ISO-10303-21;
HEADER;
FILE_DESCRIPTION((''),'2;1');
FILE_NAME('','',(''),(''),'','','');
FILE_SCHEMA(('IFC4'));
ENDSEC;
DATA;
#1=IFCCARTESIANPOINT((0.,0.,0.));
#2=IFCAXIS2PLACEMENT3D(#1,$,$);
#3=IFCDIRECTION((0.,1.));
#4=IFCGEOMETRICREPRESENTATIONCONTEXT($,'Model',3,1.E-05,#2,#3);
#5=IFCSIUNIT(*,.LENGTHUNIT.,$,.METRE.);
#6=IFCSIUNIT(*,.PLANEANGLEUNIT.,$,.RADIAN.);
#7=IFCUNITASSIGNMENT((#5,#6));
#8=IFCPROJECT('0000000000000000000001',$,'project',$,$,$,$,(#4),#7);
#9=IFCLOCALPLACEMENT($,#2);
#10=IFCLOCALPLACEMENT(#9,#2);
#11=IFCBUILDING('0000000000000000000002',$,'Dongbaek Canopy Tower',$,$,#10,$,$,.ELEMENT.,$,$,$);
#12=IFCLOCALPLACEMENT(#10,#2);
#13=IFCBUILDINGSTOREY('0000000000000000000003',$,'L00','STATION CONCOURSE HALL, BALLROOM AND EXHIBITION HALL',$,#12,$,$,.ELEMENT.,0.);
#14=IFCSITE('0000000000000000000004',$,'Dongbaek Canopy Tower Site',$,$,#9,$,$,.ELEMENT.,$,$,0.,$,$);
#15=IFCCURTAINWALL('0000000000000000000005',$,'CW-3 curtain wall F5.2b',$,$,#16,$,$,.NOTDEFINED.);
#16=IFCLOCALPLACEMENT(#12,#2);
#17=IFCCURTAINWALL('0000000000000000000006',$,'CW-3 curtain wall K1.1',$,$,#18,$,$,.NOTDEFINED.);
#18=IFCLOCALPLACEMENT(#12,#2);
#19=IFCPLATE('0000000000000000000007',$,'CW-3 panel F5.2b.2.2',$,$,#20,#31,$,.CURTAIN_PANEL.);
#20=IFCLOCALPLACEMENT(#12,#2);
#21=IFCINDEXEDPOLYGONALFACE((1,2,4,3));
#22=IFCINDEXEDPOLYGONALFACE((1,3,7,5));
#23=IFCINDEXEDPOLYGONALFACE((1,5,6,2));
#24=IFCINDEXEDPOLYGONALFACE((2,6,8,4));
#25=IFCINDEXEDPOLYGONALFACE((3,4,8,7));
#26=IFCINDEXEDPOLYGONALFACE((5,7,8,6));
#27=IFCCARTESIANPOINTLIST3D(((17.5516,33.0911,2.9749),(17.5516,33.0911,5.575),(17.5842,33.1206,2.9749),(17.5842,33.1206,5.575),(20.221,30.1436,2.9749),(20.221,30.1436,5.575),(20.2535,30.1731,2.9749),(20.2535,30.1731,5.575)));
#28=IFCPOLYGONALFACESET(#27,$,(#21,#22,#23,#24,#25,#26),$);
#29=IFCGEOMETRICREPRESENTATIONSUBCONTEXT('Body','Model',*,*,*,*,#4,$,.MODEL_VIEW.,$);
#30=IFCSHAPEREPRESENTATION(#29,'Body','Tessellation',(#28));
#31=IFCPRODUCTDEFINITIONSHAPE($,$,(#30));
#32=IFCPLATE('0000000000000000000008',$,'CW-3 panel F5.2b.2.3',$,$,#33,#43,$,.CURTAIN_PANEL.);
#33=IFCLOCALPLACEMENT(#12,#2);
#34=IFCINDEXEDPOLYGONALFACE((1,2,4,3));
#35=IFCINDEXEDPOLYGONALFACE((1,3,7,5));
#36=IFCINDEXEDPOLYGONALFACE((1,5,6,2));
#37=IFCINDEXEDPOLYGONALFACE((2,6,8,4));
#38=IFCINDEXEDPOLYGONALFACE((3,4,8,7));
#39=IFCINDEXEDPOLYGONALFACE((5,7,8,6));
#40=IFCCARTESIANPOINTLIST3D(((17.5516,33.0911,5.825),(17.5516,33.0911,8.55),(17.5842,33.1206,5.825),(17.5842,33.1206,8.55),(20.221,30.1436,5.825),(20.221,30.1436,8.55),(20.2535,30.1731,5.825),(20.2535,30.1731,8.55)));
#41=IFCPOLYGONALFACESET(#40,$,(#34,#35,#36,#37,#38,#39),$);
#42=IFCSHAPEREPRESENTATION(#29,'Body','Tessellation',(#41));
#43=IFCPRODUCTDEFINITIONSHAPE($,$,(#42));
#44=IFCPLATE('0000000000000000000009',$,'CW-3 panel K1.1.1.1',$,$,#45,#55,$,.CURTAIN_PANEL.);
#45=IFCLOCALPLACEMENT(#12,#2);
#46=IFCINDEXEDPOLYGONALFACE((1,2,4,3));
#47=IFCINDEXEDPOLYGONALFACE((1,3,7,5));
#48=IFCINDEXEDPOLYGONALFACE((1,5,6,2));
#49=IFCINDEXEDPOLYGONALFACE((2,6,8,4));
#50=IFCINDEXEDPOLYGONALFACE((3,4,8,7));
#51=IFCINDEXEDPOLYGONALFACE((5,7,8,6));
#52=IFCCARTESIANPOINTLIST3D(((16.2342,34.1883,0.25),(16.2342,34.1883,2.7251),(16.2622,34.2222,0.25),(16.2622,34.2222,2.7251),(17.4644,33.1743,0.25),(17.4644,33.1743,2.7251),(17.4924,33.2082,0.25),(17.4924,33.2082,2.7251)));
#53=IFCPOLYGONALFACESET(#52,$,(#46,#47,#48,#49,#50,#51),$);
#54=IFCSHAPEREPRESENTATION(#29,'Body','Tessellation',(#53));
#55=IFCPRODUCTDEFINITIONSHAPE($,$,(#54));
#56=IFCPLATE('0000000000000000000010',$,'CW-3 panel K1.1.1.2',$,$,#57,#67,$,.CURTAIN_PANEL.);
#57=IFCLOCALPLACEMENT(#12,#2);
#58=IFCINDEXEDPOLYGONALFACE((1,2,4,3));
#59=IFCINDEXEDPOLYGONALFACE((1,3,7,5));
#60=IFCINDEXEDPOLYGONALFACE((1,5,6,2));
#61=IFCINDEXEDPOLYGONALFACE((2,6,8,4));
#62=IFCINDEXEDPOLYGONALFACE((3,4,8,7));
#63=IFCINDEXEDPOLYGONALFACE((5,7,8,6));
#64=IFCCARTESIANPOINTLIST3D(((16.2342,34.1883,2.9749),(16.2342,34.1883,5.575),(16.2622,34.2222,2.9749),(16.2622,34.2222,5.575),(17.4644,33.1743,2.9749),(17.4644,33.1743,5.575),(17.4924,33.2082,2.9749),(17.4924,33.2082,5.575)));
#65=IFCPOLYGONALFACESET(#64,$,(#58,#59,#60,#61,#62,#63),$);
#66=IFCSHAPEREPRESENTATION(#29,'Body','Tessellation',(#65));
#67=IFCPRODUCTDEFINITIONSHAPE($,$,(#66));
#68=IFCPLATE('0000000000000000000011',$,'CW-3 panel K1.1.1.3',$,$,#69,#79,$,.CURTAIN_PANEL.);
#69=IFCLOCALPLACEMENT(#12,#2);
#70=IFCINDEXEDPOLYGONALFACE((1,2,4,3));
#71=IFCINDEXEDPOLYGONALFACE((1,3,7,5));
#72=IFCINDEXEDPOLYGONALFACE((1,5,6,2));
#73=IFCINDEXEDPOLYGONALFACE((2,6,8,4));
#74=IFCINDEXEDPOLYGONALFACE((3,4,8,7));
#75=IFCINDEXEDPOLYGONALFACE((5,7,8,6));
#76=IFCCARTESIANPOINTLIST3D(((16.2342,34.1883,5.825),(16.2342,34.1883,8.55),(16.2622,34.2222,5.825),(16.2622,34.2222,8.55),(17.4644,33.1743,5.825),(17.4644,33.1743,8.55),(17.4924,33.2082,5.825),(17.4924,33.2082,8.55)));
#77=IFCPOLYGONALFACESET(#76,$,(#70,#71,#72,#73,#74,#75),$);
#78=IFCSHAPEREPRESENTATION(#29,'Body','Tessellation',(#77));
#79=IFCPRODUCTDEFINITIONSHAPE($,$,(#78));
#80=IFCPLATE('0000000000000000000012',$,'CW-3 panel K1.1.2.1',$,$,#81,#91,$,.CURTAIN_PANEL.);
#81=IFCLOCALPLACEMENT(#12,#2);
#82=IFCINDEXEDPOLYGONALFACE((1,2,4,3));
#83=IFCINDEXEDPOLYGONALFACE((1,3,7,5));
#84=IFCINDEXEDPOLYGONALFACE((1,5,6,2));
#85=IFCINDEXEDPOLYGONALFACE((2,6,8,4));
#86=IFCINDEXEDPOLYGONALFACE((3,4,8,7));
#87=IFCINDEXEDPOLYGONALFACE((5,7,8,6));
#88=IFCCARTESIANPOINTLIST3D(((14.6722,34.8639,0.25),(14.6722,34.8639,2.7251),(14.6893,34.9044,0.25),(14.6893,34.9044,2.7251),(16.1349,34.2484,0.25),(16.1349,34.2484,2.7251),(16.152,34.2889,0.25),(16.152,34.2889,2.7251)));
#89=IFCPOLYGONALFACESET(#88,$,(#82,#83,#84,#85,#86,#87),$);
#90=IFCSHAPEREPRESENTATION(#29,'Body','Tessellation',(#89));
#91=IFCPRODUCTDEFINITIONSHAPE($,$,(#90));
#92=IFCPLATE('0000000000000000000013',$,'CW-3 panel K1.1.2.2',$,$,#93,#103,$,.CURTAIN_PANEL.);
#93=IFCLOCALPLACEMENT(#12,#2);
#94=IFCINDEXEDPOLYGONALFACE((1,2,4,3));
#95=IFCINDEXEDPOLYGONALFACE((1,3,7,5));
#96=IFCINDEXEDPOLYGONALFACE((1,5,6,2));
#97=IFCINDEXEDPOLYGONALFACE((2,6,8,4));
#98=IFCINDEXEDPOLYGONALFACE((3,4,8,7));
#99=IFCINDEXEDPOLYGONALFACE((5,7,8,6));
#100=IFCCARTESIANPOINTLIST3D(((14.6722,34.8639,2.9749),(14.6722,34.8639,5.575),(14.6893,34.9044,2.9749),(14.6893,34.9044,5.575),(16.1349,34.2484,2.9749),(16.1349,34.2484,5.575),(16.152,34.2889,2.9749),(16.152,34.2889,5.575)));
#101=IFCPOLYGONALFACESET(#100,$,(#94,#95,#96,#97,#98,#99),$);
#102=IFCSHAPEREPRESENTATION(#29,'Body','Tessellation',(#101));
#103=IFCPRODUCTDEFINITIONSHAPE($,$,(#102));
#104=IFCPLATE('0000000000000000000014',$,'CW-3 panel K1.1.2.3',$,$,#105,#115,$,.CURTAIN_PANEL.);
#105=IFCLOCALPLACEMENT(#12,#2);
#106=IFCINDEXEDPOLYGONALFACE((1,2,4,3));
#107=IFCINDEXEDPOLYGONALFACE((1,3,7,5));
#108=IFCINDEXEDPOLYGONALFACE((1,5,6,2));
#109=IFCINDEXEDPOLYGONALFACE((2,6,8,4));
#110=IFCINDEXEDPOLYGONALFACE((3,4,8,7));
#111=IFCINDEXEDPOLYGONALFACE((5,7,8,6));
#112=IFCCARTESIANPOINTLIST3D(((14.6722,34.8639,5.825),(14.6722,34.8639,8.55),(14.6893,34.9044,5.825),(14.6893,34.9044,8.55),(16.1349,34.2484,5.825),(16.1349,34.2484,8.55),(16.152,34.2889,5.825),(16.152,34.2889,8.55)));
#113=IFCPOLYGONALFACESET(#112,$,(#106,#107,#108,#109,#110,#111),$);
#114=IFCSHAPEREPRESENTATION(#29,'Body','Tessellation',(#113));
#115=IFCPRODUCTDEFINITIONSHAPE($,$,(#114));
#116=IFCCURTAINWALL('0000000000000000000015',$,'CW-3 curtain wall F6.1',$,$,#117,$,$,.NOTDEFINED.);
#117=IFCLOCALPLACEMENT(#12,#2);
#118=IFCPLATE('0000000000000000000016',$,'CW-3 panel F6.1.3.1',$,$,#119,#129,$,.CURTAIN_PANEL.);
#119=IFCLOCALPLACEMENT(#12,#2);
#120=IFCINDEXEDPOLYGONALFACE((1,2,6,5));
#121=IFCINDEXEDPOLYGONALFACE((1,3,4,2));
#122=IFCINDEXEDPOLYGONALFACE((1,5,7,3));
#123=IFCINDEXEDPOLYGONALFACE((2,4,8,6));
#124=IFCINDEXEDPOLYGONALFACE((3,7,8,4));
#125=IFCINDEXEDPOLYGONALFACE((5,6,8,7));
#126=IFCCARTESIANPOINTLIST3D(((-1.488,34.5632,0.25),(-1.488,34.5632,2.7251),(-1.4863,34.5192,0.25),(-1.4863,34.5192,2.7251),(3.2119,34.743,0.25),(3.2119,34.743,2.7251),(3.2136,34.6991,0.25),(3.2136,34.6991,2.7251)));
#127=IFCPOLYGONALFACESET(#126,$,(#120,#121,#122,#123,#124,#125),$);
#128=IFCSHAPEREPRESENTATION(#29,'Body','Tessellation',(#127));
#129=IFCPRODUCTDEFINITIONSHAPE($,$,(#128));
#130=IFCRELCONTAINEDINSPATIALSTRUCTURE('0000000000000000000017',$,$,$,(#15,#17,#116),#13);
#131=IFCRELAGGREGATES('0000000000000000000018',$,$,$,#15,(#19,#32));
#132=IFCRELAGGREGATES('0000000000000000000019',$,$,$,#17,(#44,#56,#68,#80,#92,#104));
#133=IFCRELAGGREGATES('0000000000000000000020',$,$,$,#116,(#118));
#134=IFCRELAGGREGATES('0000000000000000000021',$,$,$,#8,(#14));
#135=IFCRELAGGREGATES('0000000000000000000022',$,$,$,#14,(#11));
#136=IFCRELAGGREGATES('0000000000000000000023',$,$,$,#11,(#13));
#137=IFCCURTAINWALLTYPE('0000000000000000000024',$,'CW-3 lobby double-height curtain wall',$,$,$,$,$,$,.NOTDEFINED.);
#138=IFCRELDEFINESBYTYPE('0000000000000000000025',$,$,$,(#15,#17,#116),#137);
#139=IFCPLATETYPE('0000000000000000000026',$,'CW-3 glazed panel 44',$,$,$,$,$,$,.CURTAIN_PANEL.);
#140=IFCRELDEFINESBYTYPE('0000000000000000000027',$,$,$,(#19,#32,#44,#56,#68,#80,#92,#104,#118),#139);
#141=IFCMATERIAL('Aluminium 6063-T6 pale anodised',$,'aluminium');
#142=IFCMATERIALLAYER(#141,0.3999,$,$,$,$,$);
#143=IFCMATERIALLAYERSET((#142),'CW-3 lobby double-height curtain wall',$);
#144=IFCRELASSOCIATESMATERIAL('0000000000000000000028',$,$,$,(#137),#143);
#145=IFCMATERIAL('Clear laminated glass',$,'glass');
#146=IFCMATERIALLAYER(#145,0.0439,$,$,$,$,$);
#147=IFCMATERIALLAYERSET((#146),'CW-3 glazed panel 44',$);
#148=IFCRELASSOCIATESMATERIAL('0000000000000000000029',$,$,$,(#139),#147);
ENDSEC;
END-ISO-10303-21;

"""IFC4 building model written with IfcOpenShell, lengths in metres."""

from ifc_helpers import new_model, si_unit, direction, frame, origin, origin_2d, place, context, subcontext, project, spatial, rectangle, extrude, material, layer, layer_set, type_object, element, aggregate, save


model = new_model("IFC4")

# Units and contexts
model_context = context("Model", 3, precision=1e-05, world=origin(), true_north=direction((0.0, 1.0)))
body_context = subcontext(model_context, "Body", "Model", "MODEL_VIEW")
ifc_project = project(units=[si_unit("LENGTHUNIT", "METRE"), si_unit("PLANEANGLEUNIT", "RADIAN")], contexts=[model_context])

# Site, building, storey
site_placement = place(None, origin())
site = spatial("IfcSite", under=ifc_project, at=site_placement, Name="Dongbaek Canopy Tower Site", CompositionType="ELEMENT", RefElevation=0.0)
building_placement = place(site_placement, origin())
building = spatial("IfcBuilding", under=site, at=building_placement, Name="Dongbaek Canopy Tower", CompositionType="ELEMENT")
storey_placement = place(building_placement, origin())
storey = spatial("IfcBuildingStorey", under=building, at=storey_placement, Name="L00", Description="STATION CONCOURSE HALL, BALLROOM AND EXHIBITION HALL", CompositionType="ELEMENT", Elevation=0.0)

# Curtain walls
ifc_material_1 = material(Name="Aluminium 6063-T6 pale anodised", Category="aluminium")
ifc_layer_1 = layer(ifc_material_1, 0.3999)
ifc_layer_set_1 = layer_set([ifc_layer_1], Name="CW-3 lobby double-height curtain wall")
curtain_wall_type = type_object("IfcCurtainWallType", Name="CW-3 lobby double-height curtain wall", PredefinedType="NOTDEFINED", material=ifc_layer_set_1)
curtain_wall_1_placement = place(storey_placement, origin())
curtain_wall_1 = element("IfcCurtainWall", 1, at=curtain_wall_1_placement, inside=storey, type_object=curtain_wall_type, Name="CW-3 curtain wall F5.2b", PredefinedType="NOTDEFINED")
curtain_wall_2_placement = place(storey_placement, origin())
curtain_wall_2 = element("IfcCurtainWall", 2, at=curtain_wall_2_placement, inside=storey, type_object=curtain_wall_type, Name="CW-3 curtain wall K1.1", PredefinedType="NOTDEFINED")

# Plates
ifc_material_2 = material(Name="Clear laminated glass", Category="glass")
ifc_layer_2 = layer(ifc_material_2, 0.0439)
ifc_layer_set_2 = layer_set([ifc_layer_2], Name="CW-3 glazed panel 44")
plate_type = type_object("IfcPlateType", Name="CW-3 glazed panel 44", PredefinedType="CURTAIN_PANEL", material=ifc_layer_set_2)
plate_1_placement = place(storey_placement, frame((18.9026, 31.6321, 2.9749), z_axis=(0.0, 0.0, 1.0), x_axis=(-0.67126, 0.741222, 0.0)))
plate_1 = element("IfcPlate", 3, at=plate_1_placement, type_object=plate_type, Name="CW-3 panel F5.2b.2.2", PredefinedType="CURTAIN_PANEL", context=body_context, shape_type="SweptSolid", body=[
    extrude(rectangle(XDim=3.9766, YDim=0.0439, at=origin_2d()), origin(), (0.0, 0.0, 1.0), 2.6001),
])
plate_2_placement = place(storey_placement, frame((18.9026, 31.6321, 5.825), z_axis=(0.0, 0.0, 1.0), x_axis=(-0.67126, 0.741222, 0.0)))
plate_2 = element("IfcPlate", 4, at=plate_2_placement, type_object=plate_type, Name="CW-3 panel F5.2b.2.3", PredefinedType="CURTAIN_PANEL", context=body_context, shape_type="SweptSolid", body=[
    extrude(rectangle(XDim=3.9766, YDim=0.0439, at=origin_2d()), origin(), (0.0, 0.0, 1.0), 2.7251),
])
aggregate(curtain_wall_1, [plate_1, plate_2])
plate_3_placement = place(storey_placement, frame((16.8633, 33.6982, 0.25), z_axis=(0.0, 0.0, 1.0), x_axis=(-0.771649, 0.636049, 0.0)))
plate_3 = element("IfcPlate", 5, at=plate_3_placement, type_object=plate_type, Name="CW-3 panel K1.1.1.1", PredefinedType="CURTAIN_PANEL", context=body_context, shape_type="SweptSolid", body=[
    extrude(rectangle(XDim=1.5942, YDim=0.0439, at=origin_2d()), origin(), (0.0, 0.0, 1.0), 2.4751),
])
plate_4_placement = place(storey_placement, frame((16.8633, 33.6982, 2.9749), z_axis=(0.0, 0.0, 1.0), x_axis=(-0.771649, 0.636049, 0.0)))
plate_4 = element("IfcPlate", 6, at=plate_4_placement, type_object=plate_type, Name="CW-3 panel K1.1.1.2", PredefinedType="CURTAIN_PANEL", context=body_context, shape_type="SweptSolid", body=[
    extrude(rectangle(XDim=1.5942, YDim=0.0439, at=origin_2d()), origin(), (0.0, 0.0, 1.0), 2.6001),
])
plate_5_placement = place(storey_placement, frame((16.8633, 33.6982, 5.825), z_axis=(0.0, 0.0, 1.0), x_axis=(-0.771649, 0.636049, 0.0)))
plate_5 = element("IfcPlate", 7, at=plate_5_placement, type_object=plate_type, Name="CW-3 panel K1.1.1.3", PredefinedType="CURTAIN_PANEL", context=body_context, shape_type="SweptSolid", body=[
    extrude(rectangle(XDim=1.5942, YDim=0.0439, at=origin_2d()), origin(), (0.0, 0.0, 1.0), 2.7251),
])
plate_6_placement = place(storey_placement, frame((15.4121, 34.5764, 0.25), z_axis=(0.0, 0.0, 1.0), x_axis=(-0.921712, 0.387874, 0.0)))
plate_6 = element("IfcPlate", 8, at=plate_6_placement, type_object=plate_type, Name="CW-3 panel K1.1.2.1", PredefinedType="CURTAIN_PANEL", context=body_context, shape_type="SweptSolid", body=[
    extrude(rectangle(XDim=1.5869, YDim=0.0439, at=origin_2d()), origin(), (0.0, 0.0, 1.0), 2.4751),
])
plate_7_placement = place(storey_placement, frame((15.4121, 34.5764, 2.9749), z_axis=(0.0, 0.0, 1.0), x_axis=(-0.921712, 0.387874, 0.0)))
plate_7 = element("IfcPlate", 9, at=plate_7_placement, type_object=plate_type, Name="CW-3 panel K1.1.2.2", PredefinedType="CURTAIN_PANEL", context=body_context, shape_type="SweptSolid", body=[
    extrude(rectangle(XDim=1.5869, YDim=0.0439, at=origin_2d()), origin(), (0.0, 0.0, 1.0), 2.6001),
])
plate_8_placement = place(storey_placement, frame((15.4121, 34.5764, 5.825), z_axis=(0.0, 0.0, 1.0), x_axis=(-0.921712, 0.387874, 0.0)))
plate_8 = element("IfcPlate", 10, at=plate_8_placement, type_object=plate_type, Name="CW-3 panel K1.1.2.3", PredefinedType="CURTAIN_PANEL", context=body_context, shape_type="SweptSolid", body=[
    extrude(rectangle(XDim=1.5869, YDim=0.0439, at=origin_2d()), origin(), (0.0, 0.0, 1.0), 2.7251),
])
aggregate(curtain_wall_2, [plate_3, plate_4, plate_5, plate_6, plate_7, plate_8])

# Curtain wall, plate
curtain_wall_3_placement = place(storey_placement, origin())
curtain_wall_3 = element("IfcCurtainWall", 11, at=curtain_wall_3_placement, inside=storey, type_object=curtain_wall_type, Name="CW-3 curtain wall F6.1", PredefinedType="NOTDEFINED")
plate_9_placement = place(storey_placement, frame((0.8628, 34.6311, 0.25), z_axis=(0.0, 0.0, 1.0), x_axis=(-0.999269, -0.038232, 0.0)))
plate_9 = element("IfcPlate", 12, at=plate_9_placement, type_object=plate_type, Name="CW-3 panel F6.1.3.1", PredefinedType="CURTAIN_PANEL", context=body_context, shape_type="SweptSolid", body=[
    extrude(rectangle(XDim=4.7034, YDim=0.0439, at=origin_2d()), origin(), (0.0, 0.0, 1.0), 2.4751),
])
aggregate(curtain_wall_3, [plate_9])

save(model, "model.ifc")
